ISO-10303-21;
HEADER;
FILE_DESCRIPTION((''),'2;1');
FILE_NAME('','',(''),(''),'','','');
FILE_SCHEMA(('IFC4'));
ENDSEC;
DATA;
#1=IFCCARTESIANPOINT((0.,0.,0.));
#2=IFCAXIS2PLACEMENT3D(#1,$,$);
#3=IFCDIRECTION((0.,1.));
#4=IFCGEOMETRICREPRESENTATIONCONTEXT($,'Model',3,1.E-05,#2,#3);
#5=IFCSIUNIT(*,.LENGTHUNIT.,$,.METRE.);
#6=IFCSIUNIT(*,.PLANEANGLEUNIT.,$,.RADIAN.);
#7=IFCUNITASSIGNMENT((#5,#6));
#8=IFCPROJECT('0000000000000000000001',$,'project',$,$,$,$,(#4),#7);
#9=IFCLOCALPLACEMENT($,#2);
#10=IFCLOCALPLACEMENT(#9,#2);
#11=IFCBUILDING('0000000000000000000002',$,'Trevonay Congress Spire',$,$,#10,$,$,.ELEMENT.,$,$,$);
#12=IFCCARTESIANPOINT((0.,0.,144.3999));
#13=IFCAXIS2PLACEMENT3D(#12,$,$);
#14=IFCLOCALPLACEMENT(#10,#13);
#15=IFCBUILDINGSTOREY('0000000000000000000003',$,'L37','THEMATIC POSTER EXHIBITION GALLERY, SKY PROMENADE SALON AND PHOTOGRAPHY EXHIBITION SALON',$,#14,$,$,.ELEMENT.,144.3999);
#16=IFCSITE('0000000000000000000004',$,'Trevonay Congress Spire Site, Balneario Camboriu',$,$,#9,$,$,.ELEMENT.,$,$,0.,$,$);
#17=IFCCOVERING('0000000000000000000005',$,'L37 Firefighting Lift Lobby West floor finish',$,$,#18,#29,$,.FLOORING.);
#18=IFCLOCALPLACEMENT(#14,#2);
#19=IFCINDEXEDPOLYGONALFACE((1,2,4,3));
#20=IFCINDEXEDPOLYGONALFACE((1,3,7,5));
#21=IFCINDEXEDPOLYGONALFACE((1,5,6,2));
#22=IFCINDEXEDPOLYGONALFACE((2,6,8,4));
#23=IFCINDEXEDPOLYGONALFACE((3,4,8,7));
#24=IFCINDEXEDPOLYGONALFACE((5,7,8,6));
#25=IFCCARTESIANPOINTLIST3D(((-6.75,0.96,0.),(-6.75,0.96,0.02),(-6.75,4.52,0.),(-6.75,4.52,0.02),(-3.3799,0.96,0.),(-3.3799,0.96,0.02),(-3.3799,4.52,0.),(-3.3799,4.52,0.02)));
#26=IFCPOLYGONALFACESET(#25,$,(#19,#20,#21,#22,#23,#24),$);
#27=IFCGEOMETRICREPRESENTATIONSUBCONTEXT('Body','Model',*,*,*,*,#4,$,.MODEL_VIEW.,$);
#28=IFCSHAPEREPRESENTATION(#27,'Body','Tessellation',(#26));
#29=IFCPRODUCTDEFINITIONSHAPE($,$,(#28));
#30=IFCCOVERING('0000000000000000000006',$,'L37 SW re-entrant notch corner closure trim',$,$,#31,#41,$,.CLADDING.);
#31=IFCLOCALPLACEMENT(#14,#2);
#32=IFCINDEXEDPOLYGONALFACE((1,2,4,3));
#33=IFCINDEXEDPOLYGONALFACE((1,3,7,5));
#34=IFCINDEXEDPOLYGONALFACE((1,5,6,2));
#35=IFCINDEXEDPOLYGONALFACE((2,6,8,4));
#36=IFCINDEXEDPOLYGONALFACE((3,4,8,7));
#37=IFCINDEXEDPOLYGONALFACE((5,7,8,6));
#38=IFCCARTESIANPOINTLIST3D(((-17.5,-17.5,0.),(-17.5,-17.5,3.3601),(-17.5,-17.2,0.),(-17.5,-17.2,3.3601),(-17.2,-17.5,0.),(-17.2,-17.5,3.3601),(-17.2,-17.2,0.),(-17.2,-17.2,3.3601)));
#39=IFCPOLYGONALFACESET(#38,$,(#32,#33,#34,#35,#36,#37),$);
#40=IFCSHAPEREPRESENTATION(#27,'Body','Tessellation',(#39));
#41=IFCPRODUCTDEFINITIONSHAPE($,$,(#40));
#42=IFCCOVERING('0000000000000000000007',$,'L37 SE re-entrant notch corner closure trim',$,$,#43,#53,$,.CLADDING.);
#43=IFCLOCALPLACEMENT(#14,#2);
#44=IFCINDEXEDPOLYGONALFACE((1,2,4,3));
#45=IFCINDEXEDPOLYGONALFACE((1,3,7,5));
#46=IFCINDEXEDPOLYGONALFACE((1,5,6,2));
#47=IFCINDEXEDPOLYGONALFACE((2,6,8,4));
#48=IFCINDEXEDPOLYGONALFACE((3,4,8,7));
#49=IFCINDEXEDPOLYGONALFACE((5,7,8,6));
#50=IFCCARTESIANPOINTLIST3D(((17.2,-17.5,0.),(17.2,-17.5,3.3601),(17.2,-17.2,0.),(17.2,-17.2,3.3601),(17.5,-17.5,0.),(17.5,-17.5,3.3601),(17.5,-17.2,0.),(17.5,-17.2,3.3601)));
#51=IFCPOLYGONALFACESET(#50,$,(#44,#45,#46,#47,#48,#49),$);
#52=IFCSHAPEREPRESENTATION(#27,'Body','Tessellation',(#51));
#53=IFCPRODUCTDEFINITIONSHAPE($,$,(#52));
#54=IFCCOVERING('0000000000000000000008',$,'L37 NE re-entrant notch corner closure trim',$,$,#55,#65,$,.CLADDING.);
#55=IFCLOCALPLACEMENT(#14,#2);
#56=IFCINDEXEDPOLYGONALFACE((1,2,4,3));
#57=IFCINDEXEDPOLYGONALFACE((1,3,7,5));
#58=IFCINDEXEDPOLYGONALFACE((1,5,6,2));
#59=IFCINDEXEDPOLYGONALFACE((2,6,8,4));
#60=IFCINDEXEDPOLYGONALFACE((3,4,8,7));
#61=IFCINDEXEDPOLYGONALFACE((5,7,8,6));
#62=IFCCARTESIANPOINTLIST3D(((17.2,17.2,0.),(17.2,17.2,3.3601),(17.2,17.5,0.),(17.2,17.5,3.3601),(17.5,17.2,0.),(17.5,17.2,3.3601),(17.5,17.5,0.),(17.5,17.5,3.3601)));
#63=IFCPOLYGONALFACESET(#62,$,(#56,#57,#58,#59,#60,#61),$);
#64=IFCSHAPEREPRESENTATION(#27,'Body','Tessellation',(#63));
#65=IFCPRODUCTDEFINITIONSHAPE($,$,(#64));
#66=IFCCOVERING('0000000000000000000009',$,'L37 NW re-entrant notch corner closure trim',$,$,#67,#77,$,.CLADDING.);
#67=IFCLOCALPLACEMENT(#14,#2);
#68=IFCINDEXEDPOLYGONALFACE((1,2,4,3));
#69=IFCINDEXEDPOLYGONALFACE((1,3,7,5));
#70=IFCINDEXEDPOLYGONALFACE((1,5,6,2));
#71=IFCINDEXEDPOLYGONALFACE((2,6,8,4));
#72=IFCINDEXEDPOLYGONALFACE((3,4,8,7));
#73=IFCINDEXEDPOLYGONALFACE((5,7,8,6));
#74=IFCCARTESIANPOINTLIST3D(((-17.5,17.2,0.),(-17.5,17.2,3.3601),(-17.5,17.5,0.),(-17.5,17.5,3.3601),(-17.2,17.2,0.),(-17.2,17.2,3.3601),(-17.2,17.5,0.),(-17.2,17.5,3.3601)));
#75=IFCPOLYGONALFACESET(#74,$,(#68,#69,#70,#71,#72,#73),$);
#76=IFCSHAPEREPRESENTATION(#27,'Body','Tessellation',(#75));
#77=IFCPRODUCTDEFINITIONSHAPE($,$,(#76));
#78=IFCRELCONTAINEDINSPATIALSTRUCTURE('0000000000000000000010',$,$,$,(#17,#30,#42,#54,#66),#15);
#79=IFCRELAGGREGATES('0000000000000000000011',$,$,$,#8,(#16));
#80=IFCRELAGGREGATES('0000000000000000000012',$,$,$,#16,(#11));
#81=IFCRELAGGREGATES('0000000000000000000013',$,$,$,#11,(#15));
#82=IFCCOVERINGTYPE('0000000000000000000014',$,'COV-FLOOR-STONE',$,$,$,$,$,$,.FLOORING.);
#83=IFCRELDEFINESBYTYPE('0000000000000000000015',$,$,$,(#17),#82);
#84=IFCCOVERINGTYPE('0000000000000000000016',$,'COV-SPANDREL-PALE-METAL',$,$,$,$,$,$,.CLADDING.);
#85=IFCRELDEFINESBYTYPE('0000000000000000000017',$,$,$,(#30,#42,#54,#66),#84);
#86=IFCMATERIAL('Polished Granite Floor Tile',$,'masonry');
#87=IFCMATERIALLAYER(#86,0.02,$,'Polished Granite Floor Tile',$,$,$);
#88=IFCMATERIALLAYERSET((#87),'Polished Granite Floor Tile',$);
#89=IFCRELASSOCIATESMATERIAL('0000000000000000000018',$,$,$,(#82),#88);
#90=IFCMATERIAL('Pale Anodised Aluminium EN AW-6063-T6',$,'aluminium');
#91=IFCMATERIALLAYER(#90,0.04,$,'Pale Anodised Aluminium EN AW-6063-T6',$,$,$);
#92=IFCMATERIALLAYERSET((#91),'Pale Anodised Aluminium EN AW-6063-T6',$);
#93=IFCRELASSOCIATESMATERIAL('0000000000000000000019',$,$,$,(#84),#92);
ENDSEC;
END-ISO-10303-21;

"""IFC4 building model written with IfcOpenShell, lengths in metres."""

from ifc_helpers import new_model, si_unit, direction, frame, origin, place, context, subcontext, project, spatial, polyline, outline, extrude, material, layer, layer_set, type_object, element, save


model = new_model("IFC4")

# Units and contexts
model_context = context("Model", 3, precision=1e-05, world=origin(), true_north=direction((0.0, 1.0)))
body_context = subcontext(model_context, "Body", "Model", "MODEL_VIEW")
ifc_project = project(units=[si_unit("LENGTHUNIT", "METRE"), si_unit("PLANEANGLEUNIT", "RADIAN")], contexts=[model_context])

# Site, building, storey
site_placement = place(None, origin())
site = spatial("IfcSite", under=ifc_project, at=site_placement, Name="Trevonay Congress Spire Site, Balneario Camboriu", CompositionType="ELEMENT", RefElevation=0.0)
building_placement = place(site_placement, origin())
building = spatial("IfcBuilding", under=site, at=building_placement, Name="Trevonay Congress Spire", CompositionType="ELEMENT")
storey_placement = place(building_placement, frame((0.0, 0.0, 144.3999)))
storey = spatial("IfcBuildingStorey", under=building, at=storey_placement, Name="L37", Description="THEMATIC POSTER EXHIBITION GALLERY, SKY PROMENADE SALON AND PHOTOGRAPHY EXHIBITION SALON", CompositionType="ELEMENT", Elevation=144.3999)

# Shared definitions
ifc_material_1 = material(Name="Pale Anodised Aluminium EN AW-6063-T6", Category="aluminium")

# Coverings
ifc_material_2 = material(Name="Polished Granite Floor Tile", Category="masonry")
ifc_layer_1 = layer(ifc_material_2, 0.02, Name="Polished Granite Floor Tile")
ifc_layer_set_1 = layer_set([ifc_layer_1], Name="Polished Granite Floor Tile")
covering_type_1 = type_object("IfcCoveringType", Name="COV-FLOOR-STONE", PredefinedType="FLOORING", material=ifc_layer_set_1)
covering_1_placement = place(storey_placement, origin())
element("IfcCovering", 1, at=covering_1_placement, inside=storey, type_object=covering_type_1, Name="L37 Firefighting Lift Lobby West floor finish", PredefinedType="FLOORING", context=body_context, shape_type="SweptSolid", body=[
    extrude(outline(polyline([(-6.75, 0.96), (-3.3799, 0.96), (-3.3799, 4.52), (-6.75, 4.52), (-6.75, 0.96)])), origin(), (0.0, 0.0, 1.0), 0.02),
])
ifc_layer_2 = layer(ifc_material_1, 0.04, Name="Pale Anodised Aluminium EN AW-6063-T6")
ifc_layer_set_2 = layer_set([ifc_layer_2], Name="Pale Anodised Aluminium EN AW-6063-T6")
covering_type_2 = type_object("IfcCoveringType", Name="COV-SPANDREL-PALE-METAL", PredefinedType="CLADDING", material=ifc_layer_set_2)
covering_2_placement = place(storey_placement, origin())
element("IfcCovering", 2, at=covering_2_placement, inside=storey, type_object=covering_type_2, Name="L37 SW re-entrant notch corner closure trim", PredefinedType="CLADDING", context=body_context, shape_type="SweptSolid", body=[
    extrude(outline(polyline([(-17.5, -17.5), (-17.2, -17.5), (-17.2, -17.2), (-17.5, -17.2), (-17.5, -17.5)])), origin(), (0.0, 0.0, 1.0), 3.3601),
])
covering_3_placement = place(storey_placement, origin())
element("IfcCovering", 3, at=covering_3_placement, inside=storey, type_object=covering_type_2, Name="L37 SE re-entrant notch corner closure trim", PredefinedType="CLADDING", context=body_context, shape_type="SweptSolid", body=[
    extrude(outline(polyline([(17.2, -17.5), (17.5, -17.5), (17.5, -17.2), (17.2, -17.2), (17.2, -17.5)])), origin(), (0.0, 0.0, 1.0), 3.3601),
])
covering_4_placement = place(storey_placement, origin())
element("IfcCovering", 4, at=covering_4_placement, inside=storey, type_object=covering_type_2, Name="L37 NE re-entrant notch corner closure trim", PredefinedType="CLADDING", context=body_context, shape_type="SweptSolid", body=[
    extrude(outline(polyline([(17.2, 17.2), (17.5, 17.2), (17.5, 17.5), (17.2, 17.5), (17.2, 17.2)])), origin(), (0.0, 0.0, 1.0), 3.3601),
])
covering_5_placement = place(storey_placement, origin())
element("IfcCovering", 5, at=covering_5_placement, inside=storey, type_object=covering_type_2, Name="L37 NW re-entrant notch corner closure trim", PredefinedType="CLADDING", context=body_context, shape_type="SweptSolid", body=[
    extrude(outline(polyline([(-17.5, 17.2), (-17.2, 17.2), (-17.2, 17.5), (-17.5, 17.5), (-17.5, 17.2)])), origin(), (0.0, 0.0, 1.0), 3.3601),
])

save(model, "model.ifc")
